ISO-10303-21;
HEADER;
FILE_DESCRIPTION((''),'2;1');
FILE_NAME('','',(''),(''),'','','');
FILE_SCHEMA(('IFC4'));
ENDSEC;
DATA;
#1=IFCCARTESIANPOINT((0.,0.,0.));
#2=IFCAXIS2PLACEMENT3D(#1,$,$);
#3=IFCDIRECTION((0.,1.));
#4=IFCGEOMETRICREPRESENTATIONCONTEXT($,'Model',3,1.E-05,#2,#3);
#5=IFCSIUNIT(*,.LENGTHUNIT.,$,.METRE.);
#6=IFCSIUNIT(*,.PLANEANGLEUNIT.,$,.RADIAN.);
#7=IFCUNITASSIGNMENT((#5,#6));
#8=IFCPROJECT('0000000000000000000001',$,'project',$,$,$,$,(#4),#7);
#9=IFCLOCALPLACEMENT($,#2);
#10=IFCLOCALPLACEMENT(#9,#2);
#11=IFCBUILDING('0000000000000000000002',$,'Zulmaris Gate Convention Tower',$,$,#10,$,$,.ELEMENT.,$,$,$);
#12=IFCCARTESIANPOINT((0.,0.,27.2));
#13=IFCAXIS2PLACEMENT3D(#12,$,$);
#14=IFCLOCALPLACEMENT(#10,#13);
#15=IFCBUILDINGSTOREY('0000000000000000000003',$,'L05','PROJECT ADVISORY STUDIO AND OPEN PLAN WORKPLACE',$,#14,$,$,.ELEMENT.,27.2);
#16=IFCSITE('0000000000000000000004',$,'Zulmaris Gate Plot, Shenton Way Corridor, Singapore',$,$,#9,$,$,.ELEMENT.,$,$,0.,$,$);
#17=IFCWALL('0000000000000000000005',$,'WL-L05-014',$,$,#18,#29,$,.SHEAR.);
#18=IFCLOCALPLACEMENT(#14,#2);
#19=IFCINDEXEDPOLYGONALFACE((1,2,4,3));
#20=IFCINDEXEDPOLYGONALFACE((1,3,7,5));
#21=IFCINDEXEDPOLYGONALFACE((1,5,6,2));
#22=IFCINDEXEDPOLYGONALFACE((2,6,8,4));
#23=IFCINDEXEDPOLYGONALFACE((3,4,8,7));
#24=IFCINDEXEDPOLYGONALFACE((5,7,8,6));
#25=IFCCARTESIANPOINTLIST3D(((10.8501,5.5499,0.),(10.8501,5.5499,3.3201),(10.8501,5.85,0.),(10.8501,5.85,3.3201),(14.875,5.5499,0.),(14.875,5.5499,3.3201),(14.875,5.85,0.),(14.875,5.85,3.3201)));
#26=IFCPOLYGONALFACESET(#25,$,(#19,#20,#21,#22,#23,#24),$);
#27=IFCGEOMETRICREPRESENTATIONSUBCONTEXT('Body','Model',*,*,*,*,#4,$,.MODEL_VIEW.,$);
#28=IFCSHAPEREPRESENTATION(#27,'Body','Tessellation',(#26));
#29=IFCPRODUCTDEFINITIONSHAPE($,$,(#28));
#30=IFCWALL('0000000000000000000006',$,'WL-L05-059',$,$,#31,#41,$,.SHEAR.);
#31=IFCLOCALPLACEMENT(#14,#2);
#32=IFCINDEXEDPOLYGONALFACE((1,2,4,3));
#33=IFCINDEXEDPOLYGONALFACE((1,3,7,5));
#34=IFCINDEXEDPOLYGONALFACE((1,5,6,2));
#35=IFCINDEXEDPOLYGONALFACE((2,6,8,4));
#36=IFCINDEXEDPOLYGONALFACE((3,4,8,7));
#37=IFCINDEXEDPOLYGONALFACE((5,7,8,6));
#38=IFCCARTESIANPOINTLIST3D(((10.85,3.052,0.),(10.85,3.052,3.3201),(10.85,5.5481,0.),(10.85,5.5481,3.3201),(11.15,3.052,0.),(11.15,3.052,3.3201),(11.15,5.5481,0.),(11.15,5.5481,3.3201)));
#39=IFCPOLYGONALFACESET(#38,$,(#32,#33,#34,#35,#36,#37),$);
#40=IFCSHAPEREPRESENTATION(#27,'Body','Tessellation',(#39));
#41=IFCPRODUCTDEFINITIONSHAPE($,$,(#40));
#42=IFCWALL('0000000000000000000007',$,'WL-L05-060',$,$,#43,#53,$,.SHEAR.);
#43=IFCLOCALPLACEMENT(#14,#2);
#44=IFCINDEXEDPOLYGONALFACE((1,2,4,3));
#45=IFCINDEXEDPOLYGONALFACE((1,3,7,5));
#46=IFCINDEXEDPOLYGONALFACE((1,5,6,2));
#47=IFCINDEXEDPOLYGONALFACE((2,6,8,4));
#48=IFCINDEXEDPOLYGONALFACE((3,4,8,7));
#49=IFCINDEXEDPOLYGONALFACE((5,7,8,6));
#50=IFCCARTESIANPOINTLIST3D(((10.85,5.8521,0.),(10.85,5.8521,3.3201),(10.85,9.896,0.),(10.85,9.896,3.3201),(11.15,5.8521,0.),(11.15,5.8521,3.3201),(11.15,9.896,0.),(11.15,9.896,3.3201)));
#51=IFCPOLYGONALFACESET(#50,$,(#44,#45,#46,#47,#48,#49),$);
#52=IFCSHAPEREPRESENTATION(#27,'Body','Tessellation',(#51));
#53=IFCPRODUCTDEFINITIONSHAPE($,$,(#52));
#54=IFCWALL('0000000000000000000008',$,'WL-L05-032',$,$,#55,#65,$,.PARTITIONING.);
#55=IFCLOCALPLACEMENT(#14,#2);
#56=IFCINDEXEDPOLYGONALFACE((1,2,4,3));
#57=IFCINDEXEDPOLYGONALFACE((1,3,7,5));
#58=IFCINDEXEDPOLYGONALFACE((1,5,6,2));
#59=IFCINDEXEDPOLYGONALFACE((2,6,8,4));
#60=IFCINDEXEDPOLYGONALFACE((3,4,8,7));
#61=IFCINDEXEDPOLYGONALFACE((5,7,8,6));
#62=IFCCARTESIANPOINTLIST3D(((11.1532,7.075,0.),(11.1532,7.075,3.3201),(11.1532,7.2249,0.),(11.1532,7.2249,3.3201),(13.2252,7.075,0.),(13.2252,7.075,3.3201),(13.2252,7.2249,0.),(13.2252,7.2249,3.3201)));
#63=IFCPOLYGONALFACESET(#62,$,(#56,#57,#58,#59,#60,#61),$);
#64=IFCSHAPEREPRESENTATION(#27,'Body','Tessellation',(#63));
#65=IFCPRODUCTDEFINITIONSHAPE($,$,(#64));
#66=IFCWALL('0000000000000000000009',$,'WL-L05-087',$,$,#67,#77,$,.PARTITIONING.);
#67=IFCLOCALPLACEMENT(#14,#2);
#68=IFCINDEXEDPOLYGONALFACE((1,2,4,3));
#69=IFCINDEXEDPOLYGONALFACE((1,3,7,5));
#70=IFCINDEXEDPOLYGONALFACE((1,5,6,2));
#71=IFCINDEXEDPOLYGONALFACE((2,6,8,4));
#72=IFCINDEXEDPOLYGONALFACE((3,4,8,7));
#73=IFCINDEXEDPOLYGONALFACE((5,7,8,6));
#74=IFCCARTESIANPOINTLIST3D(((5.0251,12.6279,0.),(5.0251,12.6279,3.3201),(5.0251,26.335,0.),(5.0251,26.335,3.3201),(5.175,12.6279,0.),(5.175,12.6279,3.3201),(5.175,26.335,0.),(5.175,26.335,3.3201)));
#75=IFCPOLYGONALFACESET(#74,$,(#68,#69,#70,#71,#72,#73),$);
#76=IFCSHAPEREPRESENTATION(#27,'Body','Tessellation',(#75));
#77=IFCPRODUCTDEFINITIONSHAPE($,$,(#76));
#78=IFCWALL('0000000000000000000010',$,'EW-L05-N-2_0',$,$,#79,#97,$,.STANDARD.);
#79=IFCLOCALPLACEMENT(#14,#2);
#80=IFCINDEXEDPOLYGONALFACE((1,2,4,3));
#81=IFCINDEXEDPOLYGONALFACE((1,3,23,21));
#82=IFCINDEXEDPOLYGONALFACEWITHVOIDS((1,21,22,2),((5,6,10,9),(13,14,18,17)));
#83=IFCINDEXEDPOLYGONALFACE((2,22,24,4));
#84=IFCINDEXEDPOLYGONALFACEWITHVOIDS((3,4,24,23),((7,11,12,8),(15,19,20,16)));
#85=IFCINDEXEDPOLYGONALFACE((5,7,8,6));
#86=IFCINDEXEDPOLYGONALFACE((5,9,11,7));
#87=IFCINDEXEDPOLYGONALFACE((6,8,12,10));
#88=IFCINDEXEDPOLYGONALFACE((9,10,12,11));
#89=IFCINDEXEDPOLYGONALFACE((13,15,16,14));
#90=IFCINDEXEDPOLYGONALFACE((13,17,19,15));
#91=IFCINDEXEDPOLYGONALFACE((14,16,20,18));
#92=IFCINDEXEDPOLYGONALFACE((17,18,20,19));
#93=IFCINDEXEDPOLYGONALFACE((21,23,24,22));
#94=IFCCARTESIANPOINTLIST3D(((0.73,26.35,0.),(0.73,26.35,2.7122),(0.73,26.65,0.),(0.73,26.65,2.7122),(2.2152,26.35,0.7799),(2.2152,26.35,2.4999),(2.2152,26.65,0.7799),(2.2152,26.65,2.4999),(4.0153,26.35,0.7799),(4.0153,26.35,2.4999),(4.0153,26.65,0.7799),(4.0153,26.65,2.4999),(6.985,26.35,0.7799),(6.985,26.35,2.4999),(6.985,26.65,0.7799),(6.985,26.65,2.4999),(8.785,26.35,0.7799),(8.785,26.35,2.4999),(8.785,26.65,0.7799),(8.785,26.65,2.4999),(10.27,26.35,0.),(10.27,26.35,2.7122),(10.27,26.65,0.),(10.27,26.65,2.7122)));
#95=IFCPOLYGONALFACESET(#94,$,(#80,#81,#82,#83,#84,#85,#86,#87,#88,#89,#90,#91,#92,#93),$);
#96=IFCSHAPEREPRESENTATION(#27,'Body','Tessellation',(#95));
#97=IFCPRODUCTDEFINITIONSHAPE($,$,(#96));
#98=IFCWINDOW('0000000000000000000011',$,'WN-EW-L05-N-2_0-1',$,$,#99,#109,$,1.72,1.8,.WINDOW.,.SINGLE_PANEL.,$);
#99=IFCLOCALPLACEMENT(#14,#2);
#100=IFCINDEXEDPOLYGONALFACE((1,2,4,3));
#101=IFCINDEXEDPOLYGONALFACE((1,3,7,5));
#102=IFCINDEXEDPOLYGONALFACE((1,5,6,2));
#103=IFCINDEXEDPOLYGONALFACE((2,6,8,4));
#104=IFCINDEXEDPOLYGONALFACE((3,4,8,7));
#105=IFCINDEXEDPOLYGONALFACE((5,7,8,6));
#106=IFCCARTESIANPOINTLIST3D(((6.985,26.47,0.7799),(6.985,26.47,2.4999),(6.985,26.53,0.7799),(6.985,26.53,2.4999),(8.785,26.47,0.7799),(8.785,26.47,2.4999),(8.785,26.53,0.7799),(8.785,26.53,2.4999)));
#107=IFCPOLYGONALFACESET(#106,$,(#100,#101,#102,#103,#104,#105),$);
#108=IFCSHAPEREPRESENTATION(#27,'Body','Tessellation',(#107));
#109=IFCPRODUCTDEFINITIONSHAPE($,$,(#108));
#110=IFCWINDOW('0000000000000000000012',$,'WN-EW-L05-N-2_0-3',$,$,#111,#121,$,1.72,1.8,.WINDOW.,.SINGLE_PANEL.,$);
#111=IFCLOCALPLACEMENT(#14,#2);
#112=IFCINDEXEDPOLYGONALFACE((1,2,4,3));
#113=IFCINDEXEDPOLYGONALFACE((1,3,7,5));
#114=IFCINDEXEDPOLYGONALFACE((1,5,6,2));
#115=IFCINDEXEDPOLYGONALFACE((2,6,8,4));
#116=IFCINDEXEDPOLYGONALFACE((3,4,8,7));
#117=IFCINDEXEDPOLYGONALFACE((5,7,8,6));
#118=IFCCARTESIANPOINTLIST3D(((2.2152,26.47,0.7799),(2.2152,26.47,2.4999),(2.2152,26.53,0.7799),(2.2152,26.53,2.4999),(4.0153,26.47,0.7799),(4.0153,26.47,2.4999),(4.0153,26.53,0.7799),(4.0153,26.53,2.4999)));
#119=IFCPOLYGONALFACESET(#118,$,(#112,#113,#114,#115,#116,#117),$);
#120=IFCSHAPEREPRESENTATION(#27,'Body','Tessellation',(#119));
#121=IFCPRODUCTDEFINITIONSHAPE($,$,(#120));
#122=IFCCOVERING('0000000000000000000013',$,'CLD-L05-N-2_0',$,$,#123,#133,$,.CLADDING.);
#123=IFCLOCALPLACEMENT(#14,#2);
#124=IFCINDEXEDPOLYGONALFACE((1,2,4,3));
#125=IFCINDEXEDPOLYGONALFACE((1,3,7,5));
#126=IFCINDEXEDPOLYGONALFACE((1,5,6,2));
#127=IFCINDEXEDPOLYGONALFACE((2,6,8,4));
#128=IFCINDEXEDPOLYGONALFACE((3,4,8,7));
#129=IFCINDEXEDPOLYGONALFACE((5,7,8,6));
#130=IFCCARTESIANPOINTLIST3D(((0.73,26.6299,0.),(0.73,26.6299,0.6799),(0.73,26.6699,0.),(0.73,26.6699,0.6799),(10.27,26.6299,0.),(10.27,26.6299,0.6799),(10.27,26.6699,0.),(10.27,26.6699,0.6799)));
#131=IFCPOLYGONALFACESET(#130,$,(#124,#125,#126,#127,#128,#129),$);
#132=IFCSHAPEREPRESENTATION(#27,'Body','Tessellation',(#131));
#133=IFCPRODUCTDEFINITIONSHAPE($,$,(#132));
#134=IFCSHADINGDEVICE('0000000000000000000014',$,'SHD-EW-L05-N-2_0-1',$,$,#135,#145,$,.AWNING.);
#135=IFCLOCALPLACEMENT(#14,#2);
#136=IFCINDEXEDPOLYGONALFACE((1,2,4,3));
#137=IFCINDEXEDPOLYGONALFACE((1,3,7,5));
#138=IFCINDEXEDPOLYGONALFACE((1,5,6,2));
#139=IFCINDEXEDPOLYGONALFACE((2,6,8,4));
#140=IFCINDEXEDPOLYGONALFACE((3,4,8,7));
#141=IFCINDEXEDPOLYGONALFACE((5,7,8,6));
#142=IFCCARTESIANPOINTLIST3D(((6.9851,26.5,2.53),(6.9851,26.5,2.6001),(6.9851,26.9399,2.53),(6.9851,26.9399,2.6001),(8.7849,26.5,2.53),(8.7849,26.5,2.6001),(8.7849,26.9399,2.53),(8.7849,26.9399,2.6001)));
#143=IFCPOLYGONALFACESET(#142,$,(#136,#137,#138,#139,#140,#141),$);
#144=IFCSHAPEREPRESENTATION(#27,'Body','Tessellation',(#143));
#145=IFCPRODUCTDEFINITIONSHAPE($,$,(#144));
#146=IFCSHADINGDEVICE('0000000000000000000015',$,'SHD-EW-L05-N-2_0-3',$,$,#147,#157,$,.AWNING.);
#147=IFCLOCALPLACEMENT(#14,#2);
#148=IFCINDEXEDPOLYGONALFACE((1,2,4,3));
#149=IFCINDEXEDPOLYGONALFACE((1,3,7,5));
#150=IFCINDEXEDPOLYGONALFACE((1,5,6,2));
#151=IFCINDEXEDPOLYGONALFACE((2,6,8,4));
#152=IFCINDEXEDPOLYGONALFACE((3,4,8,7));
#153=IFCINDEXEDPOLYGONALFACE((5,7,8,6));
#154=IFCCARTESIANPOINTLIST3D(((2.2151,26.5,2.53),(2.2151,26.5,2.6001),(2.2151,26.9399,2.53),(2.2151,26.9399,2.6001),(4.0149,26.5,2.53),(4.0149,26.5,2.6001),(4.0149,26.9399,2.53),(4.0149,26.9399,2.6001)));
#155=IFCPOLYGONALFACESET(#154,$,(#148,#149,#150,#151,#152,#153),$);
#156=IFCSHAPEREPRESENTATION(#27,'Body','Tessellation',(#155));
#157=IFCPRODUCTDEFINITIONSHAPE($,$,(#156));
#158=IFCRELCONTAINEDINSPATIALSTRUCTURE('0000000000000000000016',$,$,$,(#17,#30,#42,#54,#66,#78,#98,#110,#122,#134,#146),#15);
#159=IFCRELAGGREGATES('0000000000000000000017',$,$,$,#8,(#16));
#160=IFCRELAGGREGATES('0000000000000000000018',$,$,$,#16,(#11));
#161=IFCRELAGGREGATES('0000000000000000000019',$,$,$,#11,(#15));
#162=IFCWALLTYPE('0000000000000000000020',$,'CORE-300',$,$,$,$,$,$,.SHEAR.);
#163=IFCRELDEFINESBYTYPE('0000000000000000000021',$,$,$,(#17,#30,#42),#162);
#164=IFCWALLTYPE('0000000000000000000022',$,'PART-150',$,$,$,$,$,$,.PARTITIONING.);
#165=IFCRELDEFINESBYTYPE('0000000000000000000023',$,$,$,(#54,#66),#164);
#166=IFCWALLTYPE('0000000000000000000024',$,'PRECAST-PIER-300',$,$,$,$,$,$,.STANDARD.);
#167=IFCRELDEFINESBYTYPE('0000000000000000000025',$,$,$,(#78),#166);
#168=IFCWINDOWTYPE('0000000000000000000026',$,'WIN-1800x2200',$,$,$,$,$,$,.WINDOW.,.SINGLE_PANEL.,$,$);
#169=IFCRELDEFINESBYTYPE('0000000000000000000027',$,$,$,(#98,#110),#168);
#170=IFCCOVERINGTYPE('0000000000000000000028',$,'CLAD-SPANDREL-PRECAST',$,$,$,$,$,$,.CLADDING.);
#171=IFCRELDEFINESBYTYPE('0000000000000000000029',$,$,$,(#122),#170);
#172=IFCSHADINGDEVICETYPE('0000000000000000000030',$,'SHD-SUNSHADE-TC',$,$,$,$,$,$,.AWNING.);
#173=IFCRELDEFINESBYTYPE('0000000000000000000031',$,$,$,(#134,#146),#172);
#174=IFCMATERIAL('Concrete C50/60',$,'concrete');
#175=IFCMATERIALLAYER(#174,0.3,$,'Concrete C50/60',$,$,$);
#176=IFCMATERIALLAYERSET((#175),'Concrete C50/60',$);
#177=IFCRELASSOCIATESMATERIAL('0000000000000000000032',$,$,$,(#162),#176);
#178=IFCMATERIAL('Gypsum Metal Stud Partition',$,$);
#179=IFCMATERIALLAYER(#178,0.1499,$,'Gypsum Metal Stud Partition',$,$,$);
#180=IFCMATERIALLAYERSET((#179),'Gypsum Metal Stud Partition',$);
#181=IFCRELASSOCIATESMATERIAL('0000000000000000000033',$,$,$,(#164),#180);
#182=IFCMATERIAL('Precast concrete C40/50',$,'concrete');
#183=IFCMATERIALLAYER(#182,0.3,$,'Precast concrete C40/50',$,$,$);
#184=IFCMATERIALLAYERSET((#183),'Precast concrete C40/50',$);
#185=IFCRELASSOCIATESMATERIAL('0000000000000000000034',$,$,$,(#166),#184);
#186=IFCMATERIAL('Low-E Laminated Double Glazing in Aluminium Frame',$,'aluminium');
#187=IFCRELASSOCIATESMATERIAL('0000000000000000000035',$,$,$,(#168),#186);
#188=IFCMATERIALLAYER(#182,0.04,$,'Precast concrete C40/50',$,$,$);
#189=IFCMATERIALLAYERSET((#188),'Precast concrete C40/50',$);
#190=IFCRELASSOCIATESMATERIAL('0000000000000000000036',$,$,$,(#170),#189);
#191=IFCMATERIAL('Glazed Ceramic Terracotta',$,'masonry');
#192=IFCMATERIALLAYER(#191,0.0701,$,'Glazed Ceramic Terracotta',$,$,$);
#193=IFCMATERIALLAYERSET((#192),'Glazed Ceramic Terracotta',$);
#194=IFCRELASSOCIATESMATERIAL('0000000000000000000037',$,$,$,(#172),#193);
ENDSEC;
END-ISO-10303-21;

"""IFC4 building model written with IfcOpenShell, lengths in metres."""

from ifc_helpers import new_model, si_unit, direction, frame, frame_2d, origin, place, context, subcontext, project, spatial, rectangle, extrude, material, layer, layer_set, type_object, element, fill, save


model = new_model("IFC4")

# Units and contexts
model_context = context("Model", 3, precision=1e-05, world=origin(), true_north=direction((0.0, 1.0)))
body_context = subcontext(model_context, "Body", "Model", "MODEL_VIEW")
ifc_project = project(units=[si_unit("LENGTHUNIT", "METRE"), si_unit("PLANEANGLEUNIT", "RADIAN")], contexts=[model_context])

# Site, building, storey
site_placement = place(None, origin())
site = spatial("IfcSite", under=ifc_project, at=site_placement, Name="Zulmaris Gate Plot, Shenton Way Corridor, Singapore", CompositionType="ELEMENT", RefElevation=0.0)
building_placement = place(site_placement, origin())
building = spatial("IfcBuilding", under=site, at=building_placement, Name="Zulmaris Gate Convention Tower", CompositionType="ELEMENT")
storey_placement = place(building_placement, frame((0.0, 0.0, 27.2)))
storey = spatial("IfcBuildingStorey", under=building, at=storey_placement, Name="L05", Description="PROJECT ADVISORY STUDIO AND OPEN PLAN WORKPLACE", CompositionType="ELEMENT", Elevation=27.2)

# Shared definitions
ifc_material_1 = material(Name="Concrete C50/60", Category="concrete")
ifc_layer_1 = layer(ifc_material_1, 0.3, Name="Concrete C50/60")
ifc_layer_set_1 = layer_set([ifc_layer_1], Name="Concrete C50/60")
wall_type_1 = type_object("IfcWallType", Name="CORE-300", PredefinedType="SHEAR", material=ifc_layer_set_1)

# Wall
wall_1_placement = place(storey_placement, frame((10.8501, 5.7, 0.0), z_axis=(0.0, 0.0, 1.0), x_axis=(1.0, 0.0, 0.0)))
element("IfcWall", 1, at=wall_1_placement, inside=storey, type_object=wall_type_1, Name="WL-L05-014", PredefinedType="SHEAR", context=body_context, shape_type="SweptSolid", body=[
    extrude(rectangle(XDim=4.0249, YDim=0.3, at=frame_2d((2.0125, 0.0))), origin(), (0.0, 0.0, 1.0), 3.3201),
])

# Walls
wall_2_placement = place(storey_placement, frame((11.0, 3.052, 0.0), z_axis=(0.0, 0.0, 1.0), x_axis=(0.0, 1.0, 0.0)))
element("IfcWall", 2, at=wall_2_placement, inside=storey, type_object=wall_type_1, Name="WL-L05-059", PredefinedType="SHEAR", context=body_context, shape_type="SweptSolid", body=[
    extrude(rectangle(XDim=2.4961, YDim=0.3, at=frame_2d((1.248, 0.0))), origin(), (0.0, 0.0, 1.0), 3.3201),
])
wall_3_placement = place(storey_placement, frame((11.0, 5.8521, 0.0), z_axis=(0.0, 0.0, 1.0), x_axis=(0.0, 1.0, 0.0)))
element("IfcWall", 3, at=wall_3_placement, inside=storey, type_object=wall_type_1, Name="WL-L05-060", PredefinedType="SHEAR", context=body_context, shape_type="SweptSolid", body=[
    extrude(rectangle(XDim=4.0439, YDim=0.3, at=frame_2d((2.022, 0.0))), origin(), (0.0, 0.0, 1.0), 3.3201),
])
ifc_material_2 = material(Name="Gypsum Metal Stud Partition")
ifc_layer_2 = layer(ifc_material_2, 0.1499, Name="Gypsum Metal Stud Partition")
ifc_layer_set_2 = layer_set([ifc_layer_2], Name="Gypsum Metal Stud Partition")
wall_type_2 = type_object("IfcWallType", Name="PART-150", PredefinedType="PARTITIONING", material=ifc_layer_set_2)
wall_4_placement = place(storey_placement, frame((11.1531, 7.1499, 0.0), z_axis=(0.0, 0.0, 1.0), x_axis=(1.0, 0.0, 0.0)))
element("IfcWall", 4, at=wall_4_placement, inside=storey, type_object=wall_type_2, Name="WL-L05-032", PredefinedType="PARTITIONING", context=body_context, shape_type="SweptSolid", body=[
    extrude(rectangle(XDim=2.072, YDim=0.1499, at=frame_2d((1.0361, 0.0))), origin(), (0.0, 0.0, 1.0), 3.3201),
])
wall_5_placement = place(storey_placement, frame((5.1001, 12.6279, 0.0), z_axis=(0.0, 0.0, 1.0), x_axis=(0.0, 1.0, 0.0)))
element("IfcWall", 5, at=wall_5_placement, inside=storey, type_object=wall_type_2, Name="WL-L05-087", PredefinedType="PARTITIONING", context=body_context, shape_type="SweptSolid", body=[
    extrude(rectangle(XDim=13.707, YDim=0.1499, at=frame_2d((6.8535, 0.0))), origin(), (0.0, 0.0, 1.0), 3.3201),
])

# Wall, openings, windows
ifc_material_3 = material(Name="Precast concrete C40/50", Category="concrete")
ifc_layer_3 = layer(ifc_material_3, 0.3, Name="Precast concrete C40/50")
ifc_layer_set_3 = layer_set([ifc_layer_3], Name="Precast concrete C40/50")
wall_type_3 = type_object("IfcWallType", Name="PRECAST-PIER-300", PredefinedType="STANDARD", material=ifc_layer_set_3)
wall_6_placement = place(storey_placement, frame((10.27, 26.5, 0.0), z_axis=(0.0, 0.0, 1.0), x_axis=(-1.0, 0.0, 0.0)))
wall_6 = element("IfcWall", 6, at=wall_6_placement, inside=storey, type_object=wall_type_3, Name="EW-L05-N-2_0", PredefinedType="STANDARD", context=body_context, shape_type="SweptSolid", body=[
    extrude(rectangle(XDim=9.54, YDim=0.3, at=frame_2d((4.77, 0.0))), origin(), (0.0, 0.0, 1.0), 2.7122),
])
opening_1_placement = place(wall_6_placement, frame((1.4851, 0.0, 0.78)))
opening_1 = element("IfcOpeningElement", 7, at=opening_1_placement, cuts=wall_6, PredefinedType="OPENING", context=body_context, shape_type="SweptSolid", body=[
    extrude(rectangle(XDim=1.8, YDim=1.72, at=frame_2d((0.8999, 0.8599))), frame((0.0, 0.1602, 0.0), z_axis=(0.0, -1.0, 0.0), x_axis=(1.0, 0.0, 0.0)), (0.0, 0.0, 1.0), 0.3201),
])
opening_2_placement = place(wall_6_placement, frame((6.2549, 0.0, 0.78)))
opening_2 = element("IfcOpeningElement", 8, at=opening_2_placement, cuts=wall_6, PredefinedType="OPENING", context=body_context, shape_type="SweptSolid", body=[
    extrude(rectangle(XDim=1.8, YDim=1.72, at=frame_2d((0.8999, 0.8599))), frame((0.0, 0.1602, 0.0), z_axis=(0.0, -1.0, 0.0), x_axis=(1.0, 0.0, 0.0)), (0.0, 0.0, 1.0), 0.3201),
])
ifc_material_4 = material(Name="Low-E Laminated Double Glazing in Aluminium Frame", Category="aluminium")
window_type = type_object("IfcWindowType", Name="WIN-1800x2200", PartitioningType="SINGLE_PANEL", PredefinedType="WINDOW", material=ifc_material_4)
window_1_placement = place(opening_1_placement, origin())
window_1 = element("IfcWindow", 9, at=window_1_placement, inside=storey, type_object=window_type, Name="WN-EW-L05-N-2_0-1", OverallHeight=1.72, OverallWidth=1.8, PartitioningType="SINGLE_PANEL", PredefinedType="WINDOW", context=body_context, shape_type="SweptSolid", body=[
    extrude(rectangle(XDim=1.8, YDim=1.72, at=frame_2d((0.8999, 0.8599))), frame((0.0, 0.03, 0.0), z_axis=(0.0, -1.0, 0.0), x_axis=(1.0, 0.0, 0.0)), (0.0, 0.0, 1.0), 0.0601),
])
fill(opening_1, window_1)
window_2_placement = place(opening_2_placement, origin())
window_2 = element("IfcWindow", 10, at=window_2_placement, inside=storey, type_object=window_type, Name="WN-EW-L05-N-2_0-3", OverallHeight=1.72, OverallWidth=1.8, PartitioningType="SINGLE_PANEL", PredefinedType="WINDOW", context=body_context, shape_type="SweptSolid", body=[
    extrude(rectangle(XDim=1.8, YDim=1.72, at=frame_2d((0.8999, 0.8599))), frame((0.0, 0.03, 0.0), z_axis=(0.0, -1.0, 0.0), x_axis=(1.0, 0.0, 0.0)), (0.0, 0.0, 1.0), 0.0601),
])
fill(opening_2, window_2)

# Covering
ifc_layer_4 = layer(ifc_material_3, 0.04, Name="Precast concrete C40/50")
ifc_layer_set_4 = layer_set([ifc_layer_4], Name="Precast concrete C40/50")
covering_type = type_object("IfcCoveringType", Name="CLAD-SPANDREL-PRECAST", PredefinedType="CLADDING", material=ifc_layer_set_4)
covering_placement = place(storey_placement, frame((10.27, 26.6499, 0.0), z_axis=(0.0, 0.0, 1.0), x_axis=(-1.0, 0.0, 0.0)))
element("IfcCovering", 11, at=covering_placement, inside=storey, type_object=covering_type, Name="CLD-L05-N-2_0", PredefinedType="CLADDING", context=body_context, shape_type="SweptSolid", body=[
    extrude(rectangle(XDim=9.54, YDim=0.04, at=frame_2d((4.77, 0.0))), origin(), (0.0, 0.0, 1.0), 0.6799),
])

# Shading devices
ifc_material_5 = material(Name="Glazed Ceramic Terracotta", Category="masonry")
ifc_layer_5 = layer(ifc_material_5, 0.0701, Name="Glazed Ceramic Terracotta")
ifc_layer_set_5 = layer_set([ifc_layer_5], Name="Glazed Ceramic Terracotta")
shading_device_type = type_object("IfcShadingDeviceType", Name="SHD-SUNSHADE-TC", PredefinedType="AWNING", material=ifc_layer_set_5)
for number, where, z_axis, x_axis, name in (
    (12, (8.7849, 26.72, 2.53), (0.0, 0.0, 1.0), (-1.0, 0.0, 0.0), "SHD-EW-L05-N-2_0-1"),
    (13, (4.0149, 26.72, 2.53), (0.0, 0.0, 1.0), (-1.0, 0.0, 0.0), "SHD-EW-L05-N-2_0-3"),
):
    element("IfcShadingDevice", number, at=place(storey_placement, frame(where, z_axis=z_axis, x_axis=x_axis)), inside=storey, type_object=shading_device_type, Name=name, PredefinedType="AWNING", context=body_context, shape_type="SweptSolid", body=[
        extrude(rectangle(XDim=1.7998, YDim=0.4399, at=frame_2d((0.8999, 0.0))), origin(), (0.0, 0.0, 1.0), 0.0701),
    ])

save(model, "model.ifc")
